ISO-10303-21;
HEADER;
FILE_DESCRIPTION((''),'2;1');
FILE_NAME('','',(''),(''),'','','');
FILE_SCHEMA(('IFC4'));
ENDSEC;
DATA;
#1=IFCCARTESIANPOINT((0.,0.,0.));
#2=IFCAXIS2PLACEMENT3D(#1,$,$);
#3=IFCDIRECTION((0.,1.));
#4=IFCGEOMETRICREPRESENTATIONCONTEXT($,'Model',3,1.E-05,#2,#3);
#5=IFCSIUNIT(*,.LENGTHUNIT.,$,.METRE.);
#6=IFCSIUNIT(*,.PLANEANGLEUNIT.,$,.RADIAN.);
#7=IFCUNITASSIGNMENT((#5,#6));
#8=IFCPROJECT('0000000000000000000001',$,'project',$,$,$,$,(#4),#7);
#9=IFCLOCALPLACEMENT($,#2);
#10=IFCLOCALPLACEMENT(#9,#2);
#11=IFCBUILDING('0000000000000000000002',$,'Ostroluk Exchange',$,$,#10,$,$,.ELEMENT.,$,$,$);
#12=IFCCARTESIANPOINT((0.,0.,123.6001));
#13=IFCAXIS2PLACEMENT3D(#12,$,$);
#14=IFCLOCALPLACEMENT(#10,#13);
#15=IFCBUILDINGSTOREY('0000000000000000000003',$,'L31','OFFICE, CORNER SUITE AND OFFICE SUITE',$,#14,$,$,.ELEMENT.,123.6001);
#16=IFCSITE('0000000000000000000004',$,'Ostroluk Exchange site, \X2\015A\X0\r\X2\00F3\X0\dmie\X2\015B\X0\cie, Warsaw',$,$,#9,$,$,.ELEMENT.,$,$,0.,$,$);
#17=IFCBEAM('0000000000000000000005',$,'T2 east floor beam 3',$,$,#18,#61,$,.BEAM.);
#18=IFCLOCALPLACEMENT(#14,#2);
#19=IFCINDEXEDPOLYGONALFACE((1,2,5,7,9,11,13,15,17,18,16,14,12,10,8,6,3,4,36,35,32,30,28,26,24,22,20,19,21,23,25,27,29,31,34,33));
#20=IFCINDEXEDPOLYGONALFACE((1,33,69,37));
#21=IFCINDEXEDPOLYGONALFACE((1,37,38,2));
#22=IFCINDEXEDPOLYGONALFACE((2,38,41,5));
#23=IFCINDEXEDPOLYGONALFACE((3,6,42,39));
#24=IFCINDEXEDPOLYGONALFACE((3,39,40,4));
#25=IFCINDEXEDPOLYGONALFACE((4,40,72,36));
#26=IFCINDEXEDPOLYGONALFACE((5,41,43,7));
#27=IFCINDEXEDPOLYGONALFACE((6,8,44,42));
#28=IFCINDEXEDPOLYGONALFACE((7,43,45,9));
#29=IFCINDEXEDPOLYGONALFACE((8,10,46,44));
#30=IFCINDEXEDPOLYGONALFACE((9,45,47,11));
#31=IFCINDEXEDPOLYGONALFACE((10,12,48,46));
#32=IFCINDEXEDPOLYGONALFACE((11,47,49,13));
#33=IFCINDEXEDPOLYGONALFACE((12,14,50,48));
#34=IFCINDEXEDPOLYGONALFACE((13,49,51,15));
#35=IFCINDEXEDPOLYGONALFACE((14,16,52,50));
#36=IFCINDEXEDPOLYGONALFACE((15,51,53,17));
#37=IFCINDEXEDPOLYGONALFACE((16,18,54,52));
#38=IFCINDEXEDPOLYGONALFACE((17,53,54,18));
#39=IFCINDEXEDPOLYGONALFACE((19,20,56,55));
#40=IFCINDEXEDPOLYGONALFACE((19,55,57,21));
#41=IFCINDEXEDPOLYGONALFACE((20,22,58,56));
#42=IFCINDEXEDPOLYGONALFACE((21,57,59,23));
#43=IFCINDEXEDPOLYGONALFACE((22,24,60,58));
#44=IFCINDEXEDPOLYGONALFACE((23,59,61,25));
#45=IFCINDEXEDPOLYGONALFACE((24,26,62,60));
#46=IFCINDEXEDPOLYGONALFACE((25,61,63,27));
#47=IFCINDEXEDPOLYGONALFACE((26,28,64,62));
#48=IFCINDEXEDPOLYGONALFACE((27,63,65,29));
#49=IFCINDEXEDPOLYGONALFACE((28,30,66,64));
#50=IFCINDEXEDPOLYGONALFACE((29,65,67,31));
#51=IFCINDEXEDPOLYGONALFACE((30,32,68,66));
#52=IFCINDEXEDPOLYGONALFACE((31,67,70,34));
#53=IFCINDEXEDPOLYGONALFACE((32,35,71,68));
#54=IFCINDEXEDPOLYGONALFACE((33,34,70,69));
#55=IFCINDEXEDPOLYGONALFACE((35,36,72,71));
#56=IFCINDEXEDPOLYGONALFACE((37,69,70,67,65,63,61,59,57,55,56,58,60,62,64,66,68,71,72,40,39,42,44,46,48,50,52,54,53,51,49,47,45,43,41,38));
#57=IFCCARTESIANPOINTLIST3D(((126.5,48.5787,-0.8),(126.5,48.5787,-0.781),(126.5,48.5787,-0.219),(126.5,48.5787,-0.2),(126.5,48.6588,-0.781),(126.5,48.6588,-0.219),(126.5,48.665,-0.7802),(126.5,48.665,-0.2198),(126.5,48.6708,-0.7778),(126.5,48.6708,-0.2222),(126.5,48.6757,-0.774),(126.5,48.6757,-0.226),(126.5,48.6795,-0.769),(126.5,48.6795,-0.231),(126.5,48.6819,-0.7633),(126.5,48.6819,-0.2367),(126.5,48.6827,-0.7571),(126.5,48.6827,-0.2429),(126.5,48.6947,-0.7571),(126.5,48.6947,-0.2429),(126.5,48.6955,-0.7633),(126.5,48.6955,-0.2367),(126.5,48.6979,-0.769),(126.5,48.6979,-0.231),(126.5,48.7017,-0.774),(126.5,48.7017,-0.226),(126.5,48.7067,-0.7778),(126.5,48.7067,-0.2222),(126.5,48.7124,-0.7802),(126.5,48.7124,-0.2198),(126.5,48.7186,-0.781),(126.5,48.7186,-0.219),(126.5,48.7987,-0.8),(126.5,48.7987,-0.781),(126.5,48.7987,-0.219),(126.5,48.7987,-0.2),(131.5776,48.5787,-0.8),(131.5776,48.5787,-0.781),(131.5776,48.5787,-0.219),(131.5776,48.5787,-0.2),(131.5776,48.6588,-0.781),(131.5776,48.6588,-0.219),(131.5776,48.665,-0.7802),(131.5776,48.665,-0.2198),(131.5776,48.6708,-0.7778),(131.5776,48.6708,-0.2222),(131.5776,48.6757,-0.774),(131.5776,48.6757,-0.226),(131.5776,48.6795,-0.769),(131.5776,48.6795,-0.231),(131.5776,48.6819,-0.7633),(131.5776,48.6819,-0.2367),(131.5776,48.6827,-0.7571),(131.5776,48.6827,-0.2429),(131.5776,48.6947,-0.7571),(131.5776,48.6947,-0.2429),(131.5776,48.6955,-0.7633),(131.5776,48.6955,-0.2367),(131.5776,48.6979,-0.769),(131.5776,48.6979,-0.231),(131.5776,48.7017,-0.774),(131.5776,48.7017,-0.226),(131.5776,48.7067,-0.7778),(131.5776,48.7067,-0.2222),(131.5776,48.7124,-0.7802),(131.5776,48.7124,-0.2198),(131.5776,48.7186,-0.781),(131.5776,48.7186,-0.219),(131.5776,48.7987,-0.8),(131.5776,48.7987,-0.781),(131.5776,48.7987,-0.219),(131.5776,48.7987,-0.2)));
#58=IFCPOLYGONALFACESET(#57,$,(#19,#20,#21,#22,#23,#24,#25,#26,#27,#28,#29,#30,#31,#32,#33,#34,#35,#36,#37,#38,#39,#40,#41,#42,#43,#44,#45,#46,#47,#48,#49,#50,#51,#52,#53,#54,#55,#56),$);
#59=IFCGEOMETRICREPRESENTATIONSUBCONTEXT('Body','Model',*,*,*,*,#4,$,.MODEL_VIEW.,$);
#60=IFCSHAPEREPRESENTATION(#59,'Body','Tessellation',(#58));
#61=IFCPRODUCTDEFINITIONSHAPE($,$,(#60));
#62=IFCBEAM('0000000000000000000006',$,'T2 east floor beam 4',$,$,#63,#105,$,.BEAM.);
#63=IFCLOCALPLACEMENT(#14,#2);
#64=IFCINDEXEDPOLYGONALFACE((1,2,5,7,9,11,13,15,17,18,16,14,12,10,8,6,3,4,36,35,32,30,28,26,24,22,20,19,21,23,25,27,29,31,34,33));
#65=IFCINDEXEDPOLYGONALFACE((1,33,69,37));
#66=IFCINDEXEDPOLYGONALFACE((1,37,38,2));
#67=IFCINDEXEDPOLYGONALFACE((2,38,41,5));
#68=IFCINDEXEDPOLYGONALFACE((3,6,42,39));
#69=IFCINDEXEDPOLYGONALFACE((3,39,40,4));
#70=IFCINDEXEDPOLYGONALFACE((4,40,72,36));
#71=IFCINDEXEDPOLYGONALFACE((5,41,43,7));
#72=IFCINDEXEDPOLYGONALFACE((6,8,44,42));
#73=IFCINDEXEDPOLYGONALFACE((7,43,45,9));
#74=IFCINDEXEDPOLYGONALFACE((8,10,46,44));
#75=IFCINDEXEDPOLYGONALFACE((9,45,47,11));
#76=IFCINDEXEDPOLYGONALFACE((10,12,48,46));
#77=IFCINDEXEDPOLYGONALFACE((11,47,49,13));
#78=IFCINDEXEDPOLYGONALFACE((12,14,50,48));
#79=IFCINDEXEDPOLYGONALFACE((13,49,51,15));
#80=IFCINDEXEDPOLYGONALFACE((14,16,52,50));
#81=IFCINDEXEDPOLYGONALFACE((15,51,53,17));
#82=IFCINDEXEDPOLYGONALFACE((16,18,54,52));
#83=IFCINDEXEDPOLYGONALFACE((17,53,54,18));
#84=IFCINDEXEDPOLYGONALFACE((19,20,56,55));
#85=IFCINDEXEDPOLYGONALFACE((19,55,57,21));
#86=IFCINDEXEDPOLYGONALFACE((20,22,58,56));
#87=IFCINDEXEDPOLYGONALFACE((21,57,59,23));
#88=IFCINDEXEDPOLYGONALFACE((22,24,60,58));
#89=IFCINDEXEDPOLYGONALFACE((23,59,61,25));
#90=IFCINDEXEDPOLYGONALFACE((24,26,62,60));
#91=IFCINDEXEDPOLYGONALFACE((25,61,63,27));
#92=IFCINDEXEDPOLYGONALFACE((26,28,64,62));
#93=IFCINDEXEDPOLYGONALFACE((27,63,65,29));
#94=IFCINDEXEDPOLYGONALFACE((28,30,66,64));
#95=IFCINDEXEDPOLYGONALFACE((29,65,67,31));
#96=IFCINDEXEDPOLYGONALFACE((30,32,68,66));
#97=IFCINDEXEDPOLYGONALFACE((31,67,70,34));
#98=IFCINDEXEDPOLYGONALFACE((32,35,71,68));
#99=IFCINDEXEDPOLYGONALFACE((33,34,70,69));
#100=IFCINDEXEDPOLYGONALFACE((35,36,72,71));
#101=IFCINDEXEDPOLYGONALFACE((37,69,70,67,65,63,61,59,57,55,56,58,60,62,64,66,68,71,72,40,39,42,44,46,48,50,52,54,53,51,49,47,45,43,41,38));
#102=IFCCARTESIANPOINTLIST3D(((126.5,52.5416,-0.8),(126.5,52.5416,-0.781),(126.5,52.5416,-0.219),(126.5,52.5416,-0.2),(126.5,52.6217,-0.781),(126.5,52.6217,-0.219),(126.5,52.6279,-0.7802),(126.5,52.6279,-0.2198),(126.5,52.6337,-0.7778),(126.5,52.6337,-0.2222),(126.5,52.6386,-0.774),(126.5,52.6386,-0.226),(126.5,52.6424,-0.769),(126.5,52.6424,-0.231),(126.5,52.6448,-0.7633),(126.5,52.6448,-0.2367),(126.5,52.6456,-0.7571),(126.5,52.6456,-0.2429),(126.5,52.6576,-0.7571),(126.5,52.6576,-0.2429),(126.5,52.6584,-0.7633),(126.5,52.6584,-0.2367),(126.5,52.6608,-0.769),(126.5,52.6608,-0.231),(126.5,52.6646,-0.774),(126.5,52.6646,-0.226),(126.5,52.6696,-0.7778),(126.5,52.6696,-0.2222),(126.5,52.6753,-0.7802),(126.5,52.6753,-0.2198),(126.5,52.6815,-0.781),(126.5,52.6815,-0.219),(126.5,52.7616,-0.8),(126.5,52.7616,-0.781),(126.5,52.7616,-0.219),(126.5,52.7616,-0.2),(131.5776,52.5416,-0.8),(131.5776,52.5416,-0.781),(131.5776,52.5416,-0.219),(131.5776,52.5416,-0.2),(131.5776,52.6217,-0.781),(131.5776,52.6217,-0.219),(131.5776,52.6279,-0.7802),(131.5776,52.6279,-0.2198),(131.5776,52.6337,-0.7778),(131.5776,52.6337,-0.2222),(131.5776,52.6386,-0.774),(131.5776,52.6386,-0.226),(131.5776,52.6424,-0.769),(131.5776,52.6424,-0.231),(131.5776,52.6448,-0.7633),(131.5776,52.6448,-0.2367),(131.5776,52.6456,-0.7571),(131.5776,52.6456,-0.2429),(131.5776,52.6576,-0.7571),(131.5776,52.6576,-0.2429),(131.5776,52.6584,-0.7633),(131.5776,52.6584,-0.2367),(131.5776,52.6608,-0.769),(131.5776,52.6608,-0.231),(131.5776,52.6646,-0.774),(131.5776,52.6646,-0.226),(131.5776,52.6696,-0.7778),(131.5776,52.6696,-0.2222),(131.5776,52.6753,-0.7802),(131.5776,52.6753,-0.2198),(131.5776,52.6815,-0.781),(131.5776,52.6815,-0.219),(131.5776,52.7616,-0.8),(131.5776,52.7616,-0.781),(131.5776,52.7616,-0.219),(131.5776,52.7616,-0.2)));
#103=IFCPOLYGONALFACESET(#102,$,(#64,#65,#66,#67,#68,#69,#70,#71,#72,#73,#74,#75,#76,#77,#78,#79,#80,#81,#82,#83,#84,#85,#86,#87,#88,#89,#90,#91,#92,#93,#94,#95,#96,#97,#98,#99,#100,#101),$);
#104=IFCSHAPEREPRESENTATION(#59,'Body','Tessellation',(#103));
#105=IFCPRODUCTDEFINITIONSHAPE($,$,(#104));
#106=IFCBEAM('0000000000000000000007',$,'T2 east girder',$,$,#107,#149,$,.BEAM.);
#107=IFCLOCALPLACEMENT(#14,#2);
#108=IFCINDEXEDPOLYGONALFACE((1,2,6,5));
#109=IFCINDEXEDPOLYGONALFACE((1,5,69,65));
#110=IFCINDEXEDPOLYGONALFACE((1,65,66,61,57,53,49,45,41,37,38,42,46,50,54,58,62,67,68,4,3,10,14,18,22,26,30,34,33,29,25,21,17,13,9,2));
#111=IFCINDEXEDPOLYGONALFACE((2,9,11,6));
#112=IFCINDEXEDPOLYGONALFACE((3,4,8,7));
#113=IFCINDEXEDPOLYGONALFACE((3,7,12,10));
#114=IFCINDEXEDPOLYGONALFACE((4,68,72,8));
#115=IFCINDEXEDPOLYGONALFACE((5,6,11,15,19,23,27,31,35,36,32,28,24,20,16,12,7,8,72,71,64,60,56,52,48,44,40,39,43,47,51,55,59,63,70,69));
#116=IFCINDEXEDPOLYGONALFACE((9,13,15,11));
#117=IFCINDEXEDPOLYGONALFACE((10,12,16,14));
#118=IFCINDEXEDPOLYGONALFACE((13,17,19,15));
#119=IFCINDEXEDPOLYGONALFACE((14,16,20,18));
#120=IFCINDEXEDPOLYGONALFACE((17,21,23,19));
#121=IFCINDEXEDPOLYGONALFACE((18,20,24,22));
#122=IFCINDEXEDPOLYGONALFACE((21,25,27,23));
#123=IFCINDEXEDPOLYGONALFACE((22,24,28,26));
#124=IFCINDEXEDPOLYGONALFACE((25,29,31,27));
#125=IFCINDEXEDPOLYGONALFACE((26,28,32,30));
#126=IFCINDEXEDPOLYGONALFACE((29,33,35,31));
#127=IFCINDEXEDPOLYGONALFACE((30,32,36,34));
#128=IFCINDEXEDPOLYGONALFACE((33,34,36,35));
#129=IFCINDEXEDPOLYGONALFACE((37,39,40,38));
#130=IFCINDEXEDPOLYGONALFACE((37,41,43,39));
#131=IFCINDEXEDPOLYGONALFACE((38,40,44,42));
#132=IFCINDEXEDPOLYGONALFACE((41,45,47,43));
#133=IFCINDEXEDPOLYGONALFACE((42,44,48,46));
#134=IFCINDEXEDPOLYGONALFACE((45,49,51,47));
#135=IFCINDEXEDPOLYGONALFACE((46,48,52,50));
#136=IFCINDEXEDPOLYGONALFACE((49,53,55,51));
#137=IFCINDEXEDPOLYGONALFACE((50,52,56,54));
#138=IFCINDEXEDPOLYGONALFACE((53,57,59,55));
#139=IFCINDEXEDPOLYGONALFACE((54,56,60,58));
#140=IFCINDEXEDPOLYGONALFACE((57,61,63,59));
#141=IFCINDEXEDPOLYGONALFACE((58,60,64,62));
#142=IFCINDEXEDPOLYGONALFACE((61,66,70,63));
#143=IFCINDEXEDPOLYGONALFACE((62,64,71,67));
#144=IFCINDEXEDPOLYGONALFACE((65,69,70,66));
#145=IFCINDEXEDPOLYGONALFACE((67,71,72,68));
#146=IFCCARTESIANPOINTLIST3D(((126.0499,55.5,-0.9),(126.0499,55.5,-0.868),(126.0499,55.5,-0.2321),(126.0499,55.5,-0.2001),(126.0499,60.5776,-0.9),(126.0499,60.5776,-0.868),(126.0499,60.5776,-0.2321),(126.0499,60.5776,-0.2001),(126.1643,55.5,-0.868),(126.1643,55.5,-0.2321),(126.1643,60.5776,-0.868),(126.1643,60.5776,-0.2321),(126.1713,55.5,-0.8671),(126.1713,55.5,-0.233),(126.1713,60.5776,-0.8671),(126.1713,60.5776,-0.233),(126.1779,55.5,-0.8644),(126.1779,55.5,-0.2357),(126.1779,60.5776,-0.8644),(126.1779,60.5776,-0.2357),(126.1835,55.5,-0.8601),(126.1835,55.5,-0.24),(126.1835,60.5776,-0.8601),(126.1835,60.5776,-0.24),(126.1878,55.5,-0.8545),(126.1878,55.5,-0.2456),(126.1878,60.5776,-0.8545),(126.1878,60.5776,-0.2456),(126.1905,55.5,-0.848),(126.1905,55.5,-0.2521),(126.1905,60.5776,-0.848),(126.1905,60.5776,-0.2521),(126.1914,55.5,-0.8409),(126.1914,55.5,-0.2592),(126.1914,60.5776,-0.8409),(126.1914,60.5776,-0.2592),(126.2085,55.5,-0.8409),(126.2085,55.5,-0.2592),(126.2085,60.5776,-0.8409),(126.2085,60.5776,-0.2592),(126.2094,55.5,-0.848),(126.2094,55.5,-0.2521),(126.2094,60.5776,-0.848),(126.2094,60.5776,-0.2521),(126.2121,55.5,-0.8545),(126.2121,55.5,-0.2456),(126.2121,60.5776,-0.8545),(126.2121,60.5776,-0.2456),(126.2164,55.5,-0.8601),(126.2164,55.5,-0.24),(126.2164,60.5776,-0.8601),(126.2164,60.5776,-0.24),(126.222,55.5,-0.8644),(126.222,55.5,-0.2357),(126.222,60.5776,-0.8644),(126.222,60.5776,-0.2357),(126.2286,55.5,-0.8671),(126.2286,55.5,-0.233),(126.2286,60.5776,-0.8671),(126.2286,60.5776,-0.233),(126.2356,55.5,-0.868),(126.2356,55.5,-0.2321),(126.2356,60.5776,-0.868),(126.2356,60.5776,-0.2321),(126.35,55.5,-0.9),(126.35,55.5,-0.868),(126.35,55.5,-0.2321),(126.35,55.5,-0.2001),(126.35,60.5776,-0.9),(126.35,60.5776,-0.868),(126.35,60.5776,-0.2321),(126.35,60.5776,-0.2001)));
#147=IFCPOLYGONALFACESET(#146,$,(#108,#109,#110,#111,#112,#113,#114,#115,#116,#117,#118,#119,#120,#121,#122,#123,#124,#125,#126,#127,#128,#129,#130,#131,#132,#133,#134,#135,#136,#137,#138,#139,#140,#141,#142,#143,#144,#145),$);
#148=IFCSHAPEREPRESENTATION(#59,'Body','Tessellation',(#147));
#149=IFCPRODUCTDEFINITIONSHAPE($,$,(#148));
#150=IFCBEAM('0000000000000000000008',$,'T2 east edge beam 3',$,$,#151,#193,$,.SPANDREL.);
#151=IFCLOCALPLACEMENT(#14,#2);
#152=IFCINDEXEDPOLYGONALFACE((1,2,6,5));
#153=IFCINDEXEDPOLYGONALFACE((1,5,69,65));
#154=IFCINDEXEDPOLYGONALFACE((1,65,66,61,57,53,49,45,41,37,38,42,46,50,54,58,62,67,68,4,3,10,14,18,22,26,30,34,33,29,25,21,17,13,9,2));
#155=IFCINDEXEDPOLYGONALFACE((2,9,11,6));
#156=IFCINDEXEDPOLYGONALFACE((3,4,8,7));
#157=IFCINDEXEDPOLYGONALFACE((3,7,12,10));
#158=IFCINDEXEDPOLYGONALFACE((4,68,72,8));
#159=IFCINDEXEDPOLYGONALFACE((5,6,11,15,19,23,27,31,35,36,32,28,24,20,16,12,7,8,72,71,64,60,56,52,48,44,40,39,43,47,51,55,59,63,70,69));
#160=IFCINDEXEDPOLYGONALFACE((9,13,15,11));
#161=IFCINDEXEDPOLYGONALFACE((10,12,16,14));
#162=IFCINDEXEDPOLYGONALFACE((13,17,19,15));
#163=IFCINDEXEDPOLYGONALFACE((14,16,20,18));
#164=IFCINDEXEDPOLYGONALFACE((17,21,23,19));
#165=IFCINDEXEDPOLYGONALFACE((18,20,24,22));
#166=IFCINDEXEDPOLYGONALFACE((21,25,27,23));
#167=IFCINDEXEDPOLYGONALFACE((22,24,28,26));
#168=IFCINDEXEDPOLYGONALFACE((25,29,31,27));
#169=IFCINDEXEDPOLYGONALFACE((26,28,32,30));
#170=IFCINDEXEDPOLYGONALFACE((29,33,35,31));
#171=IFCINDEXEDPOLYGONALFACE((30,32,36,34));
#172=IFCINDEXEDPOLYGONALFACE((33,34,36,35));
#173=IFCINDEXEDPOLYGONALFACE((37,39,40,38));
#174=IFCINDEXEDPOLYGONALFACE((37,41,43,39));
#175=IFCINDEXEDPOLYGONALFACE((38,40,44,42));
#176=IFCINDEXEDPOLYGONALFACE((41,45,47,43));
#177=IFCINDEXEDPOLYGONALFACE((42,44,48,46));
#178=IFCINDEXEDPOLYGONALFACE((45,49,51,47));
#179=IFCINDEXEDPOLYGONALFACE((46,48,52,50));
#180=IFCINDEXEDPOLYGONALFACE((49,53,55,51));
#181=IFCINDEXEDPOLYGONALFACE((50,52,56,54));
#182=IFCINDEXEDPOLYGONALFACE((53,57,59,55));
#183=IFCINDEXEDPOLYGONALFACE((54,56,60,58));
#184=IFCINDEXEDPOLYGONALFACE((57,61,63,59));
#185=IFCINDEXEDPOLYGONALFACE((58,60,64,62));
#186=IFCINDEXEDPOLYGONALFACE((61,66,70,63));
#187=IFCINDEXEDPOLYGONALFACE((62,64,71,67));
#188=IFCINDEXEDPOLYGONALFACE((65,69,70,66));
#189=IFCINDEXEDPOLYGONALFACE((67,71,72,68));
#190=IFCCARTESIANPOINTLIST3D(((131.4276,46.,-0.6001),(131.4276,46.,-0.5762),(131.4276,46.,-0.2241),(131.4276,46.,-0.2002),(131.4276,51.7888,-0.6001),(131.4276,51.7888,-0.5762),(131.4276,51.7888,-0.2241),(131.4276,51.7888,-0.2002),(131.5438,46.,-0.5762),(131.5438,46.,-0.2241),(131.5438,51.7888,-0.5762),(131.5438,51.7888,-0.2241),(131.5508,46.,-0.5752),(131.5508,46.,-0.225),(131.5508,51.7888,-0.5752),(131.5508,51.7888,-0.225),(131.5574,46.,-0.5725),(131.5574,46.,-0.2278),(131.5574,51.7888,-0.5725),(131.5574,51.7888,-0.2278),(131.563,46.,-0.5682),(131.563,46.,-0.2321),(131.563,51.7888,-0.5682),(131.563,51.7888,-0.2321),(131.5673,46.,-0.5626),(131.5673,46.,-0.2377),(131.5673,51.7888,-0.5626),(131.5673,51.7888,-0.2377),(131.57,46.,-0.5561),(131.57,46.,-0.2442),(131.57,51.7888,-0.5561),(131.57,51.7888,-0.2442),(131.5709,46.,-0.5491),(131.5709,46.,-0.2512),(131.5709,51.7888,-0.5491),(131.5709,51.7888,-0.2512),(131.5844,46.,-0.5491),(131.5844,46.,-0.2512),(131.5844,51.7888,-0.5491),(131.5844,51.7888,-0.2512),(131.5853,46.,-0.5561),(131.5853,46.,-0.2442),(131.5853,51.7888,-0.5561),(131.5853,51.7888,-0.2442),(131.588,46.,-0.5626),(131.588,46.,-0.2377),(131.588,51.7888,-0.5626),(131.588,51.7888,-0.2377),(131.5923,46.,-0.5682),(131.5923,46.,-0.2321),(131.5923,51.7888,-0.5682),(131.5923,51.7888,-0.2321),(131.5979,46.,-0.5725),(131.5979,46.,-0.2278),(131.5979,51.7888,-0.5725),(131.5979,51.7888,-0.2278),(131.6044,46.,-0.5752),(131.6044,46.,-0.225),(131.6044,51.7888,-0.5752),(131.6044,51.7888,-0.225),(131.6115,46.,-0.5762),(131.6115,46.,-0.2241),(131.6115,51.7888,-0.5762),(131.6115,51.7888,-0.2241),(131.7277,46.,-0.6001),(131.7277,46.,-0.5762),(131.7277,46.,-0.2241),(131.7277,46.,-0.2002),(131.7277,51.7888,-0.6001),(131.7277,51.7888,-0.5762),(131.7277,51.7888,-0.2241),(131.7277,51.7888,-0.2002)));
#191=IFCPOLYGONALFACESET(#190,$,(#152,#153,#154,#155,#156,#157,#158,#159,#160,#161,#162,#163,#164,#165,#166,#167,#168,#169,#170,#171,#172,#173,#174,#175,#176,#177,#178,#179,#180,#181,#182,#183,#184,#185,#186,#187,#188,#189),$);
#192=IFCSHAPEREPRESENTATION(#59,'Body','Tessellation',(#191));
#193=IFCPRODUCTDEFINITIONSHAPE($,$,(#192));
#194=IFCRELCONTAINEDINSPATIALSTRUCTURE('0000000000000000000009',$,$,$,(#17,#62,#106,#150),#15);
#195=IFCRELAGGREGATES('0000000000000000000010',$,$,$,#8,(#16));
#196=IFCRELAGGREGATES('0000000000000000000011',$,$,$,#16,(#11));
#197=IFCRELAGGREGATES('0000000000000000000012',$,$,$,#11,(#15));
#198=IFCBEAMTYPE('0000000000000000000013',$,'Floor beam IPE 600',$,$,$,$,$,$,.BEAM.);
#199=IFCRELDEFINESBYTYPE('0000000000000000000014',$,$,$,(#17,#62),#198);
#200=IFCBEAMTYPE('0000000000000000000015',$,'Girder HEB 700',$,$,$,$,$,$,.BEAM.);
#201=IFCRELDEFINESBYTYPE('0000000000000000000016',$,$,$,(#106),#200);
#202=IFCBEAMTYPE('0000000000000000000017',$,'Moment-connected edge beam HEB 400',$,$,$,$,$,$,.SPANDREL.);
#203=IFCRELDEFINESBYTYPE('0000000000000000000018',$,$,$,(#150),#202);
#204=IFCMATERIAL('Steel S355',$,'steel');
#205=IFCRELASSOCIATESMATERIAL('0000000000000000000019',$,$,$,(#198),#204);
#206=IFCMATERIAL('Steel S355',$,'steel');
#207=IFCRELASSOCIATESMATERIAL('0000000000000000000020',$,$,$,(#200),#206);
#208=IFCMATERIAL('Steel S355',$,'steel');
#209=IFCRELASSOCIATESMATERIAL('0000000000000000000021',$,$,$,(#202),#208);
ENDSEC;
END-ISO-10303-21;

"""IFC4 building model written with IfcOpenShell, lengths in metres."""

from ifc_helpers import new_model, si_unit, direction, frame, origin, origin_2d, place, context, subcontext, project, spatial, i_section, extrude, material, material_profile, profile_set, type_object, element, save


model = new_model("IFC4")

# Units and contexts
model_context = context("Model", 3, precision=1e-05, world=origin(), true_north=direction((0.0, 1.0)))
body_context = subcontext(model_context, "Body", "Model", "MODEL_VIEW")
ifc_project = project(units=[si_unit("LENGTHUNIT", "METRE"), si_unit("PLANEANGLEUNIT", "RADIAN")], contexts=[model_context])

# Site, building, storey
site_placement = place(None, origin())
site = spatial("IfcSite", under=ifc_project, at=site_placement, Name="Ostroluk Exchange site, Śródmieście, Warsaw", CompositionType="ELEMENT", RefElevation=0.0)
building_placement = place(site_placement, origin())
building = spatial("IfcBuilding", under=site, at=building_placement, Name="Ostroluk Exchange", CompositionType="ELEMENT")
storey_placement = place(building_placement, frame((0.0, 0.0, 123.6001)))
storey = spatial("IfcBuildingStorey", under=building, at=storey_placement, Name="L31", Description="OFFICE, CORNER SUITE AND OFFICE SUITE", CompositionType="ELEMENT", Elevation=123.6001)

# Beams
ifc_material_1 = material(Name="Steel S355", Category="steel")
ifc_material_profile_1 = material_profile(ifc_material_1, i_section(OverallWidth=0.22, OverallDepth=0.6001, WebThickness=0.012, FlangeThickness=0.019, FilletRadius=0.0239, at=origin_2d()), Name="IPE 600")
ifc_profile_set_1 = profile_set([ifc_material_profile_1], Name="Steel S355")
beam_type_1 = type_object("IfcBeamType", Name="Floor beam IPE 600", PredefinedType="BEAM", material=ifc_profile_set_1)
for number, where, z_axis, x_axis, name in (
    (1, (126.5, 48.6887, -0.5), (1.0, 0.0, 0.0), (0.0, 1.0, 0.0), "T2 east floor beam 3"),
    (2, (126.5, 52.6516, -0.5), (1.0, 0.0, 0.0), (0.0, 1.0, 0.0), "T2 east floor beam 4"),
):
    element("IfcBeam", number, at=place(storey_placement, frame(where, z_axis=z_axis, x_axis=x_axis)), inside=storey, type_object=beam_type_1, Name=name, PredefinedType="BEAM", context=body_context, shape_type="SweptSolid", body=[
        extrude(i_section(OverallWidth=0.22, OverallDepth=0.6001, WebThickness=0.012, FlangeThickness=0.019, FilletRadius=0.0239, at=origin_2d()), origin(), (0.0, 0.0, 1.0), 5.0776),
    ])
ifc_material_2 = material(Name="Steel S355", Category="steel")
ifc_material_profile_2 = material_profile(ifc_material_2, i_section(OverallWidth=0.3, OverallDepth=0.7, WebThickness=0.0171, FlangeThickness=0.032, FilletRadius=0.0271, at=origin_2d()), Name="HEB 700")
ifc_profile_set_2 = profile_set([ifc_material_profile_2], Name="Steel S355")
beam_type_2 = type_object("IfcBeamType", Name="Girder HEB 700", PredefinedType="BEAM", material=ifc_profile_set_2)
beam_placement = place(storey_placement, frame((126.2, 55.5, -0.55), z_axis=(0.0, 1.0, 0.0), x_axis=(-1.0, 0.0, 0.0)))
element("IfcBeam", 3, at=beam_placement, inside=storey, type_object=beam_type_2, Name="T2 east girder", PredefinedType="BEAM", context=body_context, shape_type="SweptSolid", body=[
    extrude(i_section(OverallWidth=0.3, OverallDepth=0.7, WebThickness=0.0171, FlangeThickness=0.032, FilletRadius=0.0271, at=origin_2d()), origin(), (0.0, 0.0, 1.0), 5.0776),
])
ifc_material_3 = material(Name="Steel S355", Category="steel")
ifc_material_profile_3 = material_profile(ifc_material_3, i_section(OverallWidth=0.3, OverallDepth=0.3999, WebThickness=0.0134, FlangeThickness=0.0239, FilletRadius=0.0271, at=origin_2d()), Name="HEB 400")
ifc_profile_set_3 = profile_set([ifc_material_profile_3], Name="Steel S355")
beam_type_3 = type_object("IfcBeamType", Name="Moment-connected edge beam HEB 400", PredefinedType="SPANDREL", material=ifc_profile_set_3)
for number, where, z_axis, x_axis, name in (
    (4, (131.5776, 46.0, -0.4001), (0.0, 1.0, 0.0), (-1.0, 0.0, 0.0), "T2 east edge beam 3"),
):
    element("IfcBeam", number, at=place(storey_placement, frame(where, z_axis=z_axis, x_axis=x_axis)), inside=storey, type_object=beam_type_3, Name=name, PredefinedType="SPANDREL", context=body_context, shape_type="SweptSolid", body=[
        extrude(i_section(OverallWidth=0.3, OverallDepth=0.3999, WebThickness=0.0134, FlangeThickness=0.0239, FilletRadius=0.0271, at=origin_2d()), origin(), (0.0, 0.0, 1.0), 5.7888),
    ])

save(model, "model.ifc")
